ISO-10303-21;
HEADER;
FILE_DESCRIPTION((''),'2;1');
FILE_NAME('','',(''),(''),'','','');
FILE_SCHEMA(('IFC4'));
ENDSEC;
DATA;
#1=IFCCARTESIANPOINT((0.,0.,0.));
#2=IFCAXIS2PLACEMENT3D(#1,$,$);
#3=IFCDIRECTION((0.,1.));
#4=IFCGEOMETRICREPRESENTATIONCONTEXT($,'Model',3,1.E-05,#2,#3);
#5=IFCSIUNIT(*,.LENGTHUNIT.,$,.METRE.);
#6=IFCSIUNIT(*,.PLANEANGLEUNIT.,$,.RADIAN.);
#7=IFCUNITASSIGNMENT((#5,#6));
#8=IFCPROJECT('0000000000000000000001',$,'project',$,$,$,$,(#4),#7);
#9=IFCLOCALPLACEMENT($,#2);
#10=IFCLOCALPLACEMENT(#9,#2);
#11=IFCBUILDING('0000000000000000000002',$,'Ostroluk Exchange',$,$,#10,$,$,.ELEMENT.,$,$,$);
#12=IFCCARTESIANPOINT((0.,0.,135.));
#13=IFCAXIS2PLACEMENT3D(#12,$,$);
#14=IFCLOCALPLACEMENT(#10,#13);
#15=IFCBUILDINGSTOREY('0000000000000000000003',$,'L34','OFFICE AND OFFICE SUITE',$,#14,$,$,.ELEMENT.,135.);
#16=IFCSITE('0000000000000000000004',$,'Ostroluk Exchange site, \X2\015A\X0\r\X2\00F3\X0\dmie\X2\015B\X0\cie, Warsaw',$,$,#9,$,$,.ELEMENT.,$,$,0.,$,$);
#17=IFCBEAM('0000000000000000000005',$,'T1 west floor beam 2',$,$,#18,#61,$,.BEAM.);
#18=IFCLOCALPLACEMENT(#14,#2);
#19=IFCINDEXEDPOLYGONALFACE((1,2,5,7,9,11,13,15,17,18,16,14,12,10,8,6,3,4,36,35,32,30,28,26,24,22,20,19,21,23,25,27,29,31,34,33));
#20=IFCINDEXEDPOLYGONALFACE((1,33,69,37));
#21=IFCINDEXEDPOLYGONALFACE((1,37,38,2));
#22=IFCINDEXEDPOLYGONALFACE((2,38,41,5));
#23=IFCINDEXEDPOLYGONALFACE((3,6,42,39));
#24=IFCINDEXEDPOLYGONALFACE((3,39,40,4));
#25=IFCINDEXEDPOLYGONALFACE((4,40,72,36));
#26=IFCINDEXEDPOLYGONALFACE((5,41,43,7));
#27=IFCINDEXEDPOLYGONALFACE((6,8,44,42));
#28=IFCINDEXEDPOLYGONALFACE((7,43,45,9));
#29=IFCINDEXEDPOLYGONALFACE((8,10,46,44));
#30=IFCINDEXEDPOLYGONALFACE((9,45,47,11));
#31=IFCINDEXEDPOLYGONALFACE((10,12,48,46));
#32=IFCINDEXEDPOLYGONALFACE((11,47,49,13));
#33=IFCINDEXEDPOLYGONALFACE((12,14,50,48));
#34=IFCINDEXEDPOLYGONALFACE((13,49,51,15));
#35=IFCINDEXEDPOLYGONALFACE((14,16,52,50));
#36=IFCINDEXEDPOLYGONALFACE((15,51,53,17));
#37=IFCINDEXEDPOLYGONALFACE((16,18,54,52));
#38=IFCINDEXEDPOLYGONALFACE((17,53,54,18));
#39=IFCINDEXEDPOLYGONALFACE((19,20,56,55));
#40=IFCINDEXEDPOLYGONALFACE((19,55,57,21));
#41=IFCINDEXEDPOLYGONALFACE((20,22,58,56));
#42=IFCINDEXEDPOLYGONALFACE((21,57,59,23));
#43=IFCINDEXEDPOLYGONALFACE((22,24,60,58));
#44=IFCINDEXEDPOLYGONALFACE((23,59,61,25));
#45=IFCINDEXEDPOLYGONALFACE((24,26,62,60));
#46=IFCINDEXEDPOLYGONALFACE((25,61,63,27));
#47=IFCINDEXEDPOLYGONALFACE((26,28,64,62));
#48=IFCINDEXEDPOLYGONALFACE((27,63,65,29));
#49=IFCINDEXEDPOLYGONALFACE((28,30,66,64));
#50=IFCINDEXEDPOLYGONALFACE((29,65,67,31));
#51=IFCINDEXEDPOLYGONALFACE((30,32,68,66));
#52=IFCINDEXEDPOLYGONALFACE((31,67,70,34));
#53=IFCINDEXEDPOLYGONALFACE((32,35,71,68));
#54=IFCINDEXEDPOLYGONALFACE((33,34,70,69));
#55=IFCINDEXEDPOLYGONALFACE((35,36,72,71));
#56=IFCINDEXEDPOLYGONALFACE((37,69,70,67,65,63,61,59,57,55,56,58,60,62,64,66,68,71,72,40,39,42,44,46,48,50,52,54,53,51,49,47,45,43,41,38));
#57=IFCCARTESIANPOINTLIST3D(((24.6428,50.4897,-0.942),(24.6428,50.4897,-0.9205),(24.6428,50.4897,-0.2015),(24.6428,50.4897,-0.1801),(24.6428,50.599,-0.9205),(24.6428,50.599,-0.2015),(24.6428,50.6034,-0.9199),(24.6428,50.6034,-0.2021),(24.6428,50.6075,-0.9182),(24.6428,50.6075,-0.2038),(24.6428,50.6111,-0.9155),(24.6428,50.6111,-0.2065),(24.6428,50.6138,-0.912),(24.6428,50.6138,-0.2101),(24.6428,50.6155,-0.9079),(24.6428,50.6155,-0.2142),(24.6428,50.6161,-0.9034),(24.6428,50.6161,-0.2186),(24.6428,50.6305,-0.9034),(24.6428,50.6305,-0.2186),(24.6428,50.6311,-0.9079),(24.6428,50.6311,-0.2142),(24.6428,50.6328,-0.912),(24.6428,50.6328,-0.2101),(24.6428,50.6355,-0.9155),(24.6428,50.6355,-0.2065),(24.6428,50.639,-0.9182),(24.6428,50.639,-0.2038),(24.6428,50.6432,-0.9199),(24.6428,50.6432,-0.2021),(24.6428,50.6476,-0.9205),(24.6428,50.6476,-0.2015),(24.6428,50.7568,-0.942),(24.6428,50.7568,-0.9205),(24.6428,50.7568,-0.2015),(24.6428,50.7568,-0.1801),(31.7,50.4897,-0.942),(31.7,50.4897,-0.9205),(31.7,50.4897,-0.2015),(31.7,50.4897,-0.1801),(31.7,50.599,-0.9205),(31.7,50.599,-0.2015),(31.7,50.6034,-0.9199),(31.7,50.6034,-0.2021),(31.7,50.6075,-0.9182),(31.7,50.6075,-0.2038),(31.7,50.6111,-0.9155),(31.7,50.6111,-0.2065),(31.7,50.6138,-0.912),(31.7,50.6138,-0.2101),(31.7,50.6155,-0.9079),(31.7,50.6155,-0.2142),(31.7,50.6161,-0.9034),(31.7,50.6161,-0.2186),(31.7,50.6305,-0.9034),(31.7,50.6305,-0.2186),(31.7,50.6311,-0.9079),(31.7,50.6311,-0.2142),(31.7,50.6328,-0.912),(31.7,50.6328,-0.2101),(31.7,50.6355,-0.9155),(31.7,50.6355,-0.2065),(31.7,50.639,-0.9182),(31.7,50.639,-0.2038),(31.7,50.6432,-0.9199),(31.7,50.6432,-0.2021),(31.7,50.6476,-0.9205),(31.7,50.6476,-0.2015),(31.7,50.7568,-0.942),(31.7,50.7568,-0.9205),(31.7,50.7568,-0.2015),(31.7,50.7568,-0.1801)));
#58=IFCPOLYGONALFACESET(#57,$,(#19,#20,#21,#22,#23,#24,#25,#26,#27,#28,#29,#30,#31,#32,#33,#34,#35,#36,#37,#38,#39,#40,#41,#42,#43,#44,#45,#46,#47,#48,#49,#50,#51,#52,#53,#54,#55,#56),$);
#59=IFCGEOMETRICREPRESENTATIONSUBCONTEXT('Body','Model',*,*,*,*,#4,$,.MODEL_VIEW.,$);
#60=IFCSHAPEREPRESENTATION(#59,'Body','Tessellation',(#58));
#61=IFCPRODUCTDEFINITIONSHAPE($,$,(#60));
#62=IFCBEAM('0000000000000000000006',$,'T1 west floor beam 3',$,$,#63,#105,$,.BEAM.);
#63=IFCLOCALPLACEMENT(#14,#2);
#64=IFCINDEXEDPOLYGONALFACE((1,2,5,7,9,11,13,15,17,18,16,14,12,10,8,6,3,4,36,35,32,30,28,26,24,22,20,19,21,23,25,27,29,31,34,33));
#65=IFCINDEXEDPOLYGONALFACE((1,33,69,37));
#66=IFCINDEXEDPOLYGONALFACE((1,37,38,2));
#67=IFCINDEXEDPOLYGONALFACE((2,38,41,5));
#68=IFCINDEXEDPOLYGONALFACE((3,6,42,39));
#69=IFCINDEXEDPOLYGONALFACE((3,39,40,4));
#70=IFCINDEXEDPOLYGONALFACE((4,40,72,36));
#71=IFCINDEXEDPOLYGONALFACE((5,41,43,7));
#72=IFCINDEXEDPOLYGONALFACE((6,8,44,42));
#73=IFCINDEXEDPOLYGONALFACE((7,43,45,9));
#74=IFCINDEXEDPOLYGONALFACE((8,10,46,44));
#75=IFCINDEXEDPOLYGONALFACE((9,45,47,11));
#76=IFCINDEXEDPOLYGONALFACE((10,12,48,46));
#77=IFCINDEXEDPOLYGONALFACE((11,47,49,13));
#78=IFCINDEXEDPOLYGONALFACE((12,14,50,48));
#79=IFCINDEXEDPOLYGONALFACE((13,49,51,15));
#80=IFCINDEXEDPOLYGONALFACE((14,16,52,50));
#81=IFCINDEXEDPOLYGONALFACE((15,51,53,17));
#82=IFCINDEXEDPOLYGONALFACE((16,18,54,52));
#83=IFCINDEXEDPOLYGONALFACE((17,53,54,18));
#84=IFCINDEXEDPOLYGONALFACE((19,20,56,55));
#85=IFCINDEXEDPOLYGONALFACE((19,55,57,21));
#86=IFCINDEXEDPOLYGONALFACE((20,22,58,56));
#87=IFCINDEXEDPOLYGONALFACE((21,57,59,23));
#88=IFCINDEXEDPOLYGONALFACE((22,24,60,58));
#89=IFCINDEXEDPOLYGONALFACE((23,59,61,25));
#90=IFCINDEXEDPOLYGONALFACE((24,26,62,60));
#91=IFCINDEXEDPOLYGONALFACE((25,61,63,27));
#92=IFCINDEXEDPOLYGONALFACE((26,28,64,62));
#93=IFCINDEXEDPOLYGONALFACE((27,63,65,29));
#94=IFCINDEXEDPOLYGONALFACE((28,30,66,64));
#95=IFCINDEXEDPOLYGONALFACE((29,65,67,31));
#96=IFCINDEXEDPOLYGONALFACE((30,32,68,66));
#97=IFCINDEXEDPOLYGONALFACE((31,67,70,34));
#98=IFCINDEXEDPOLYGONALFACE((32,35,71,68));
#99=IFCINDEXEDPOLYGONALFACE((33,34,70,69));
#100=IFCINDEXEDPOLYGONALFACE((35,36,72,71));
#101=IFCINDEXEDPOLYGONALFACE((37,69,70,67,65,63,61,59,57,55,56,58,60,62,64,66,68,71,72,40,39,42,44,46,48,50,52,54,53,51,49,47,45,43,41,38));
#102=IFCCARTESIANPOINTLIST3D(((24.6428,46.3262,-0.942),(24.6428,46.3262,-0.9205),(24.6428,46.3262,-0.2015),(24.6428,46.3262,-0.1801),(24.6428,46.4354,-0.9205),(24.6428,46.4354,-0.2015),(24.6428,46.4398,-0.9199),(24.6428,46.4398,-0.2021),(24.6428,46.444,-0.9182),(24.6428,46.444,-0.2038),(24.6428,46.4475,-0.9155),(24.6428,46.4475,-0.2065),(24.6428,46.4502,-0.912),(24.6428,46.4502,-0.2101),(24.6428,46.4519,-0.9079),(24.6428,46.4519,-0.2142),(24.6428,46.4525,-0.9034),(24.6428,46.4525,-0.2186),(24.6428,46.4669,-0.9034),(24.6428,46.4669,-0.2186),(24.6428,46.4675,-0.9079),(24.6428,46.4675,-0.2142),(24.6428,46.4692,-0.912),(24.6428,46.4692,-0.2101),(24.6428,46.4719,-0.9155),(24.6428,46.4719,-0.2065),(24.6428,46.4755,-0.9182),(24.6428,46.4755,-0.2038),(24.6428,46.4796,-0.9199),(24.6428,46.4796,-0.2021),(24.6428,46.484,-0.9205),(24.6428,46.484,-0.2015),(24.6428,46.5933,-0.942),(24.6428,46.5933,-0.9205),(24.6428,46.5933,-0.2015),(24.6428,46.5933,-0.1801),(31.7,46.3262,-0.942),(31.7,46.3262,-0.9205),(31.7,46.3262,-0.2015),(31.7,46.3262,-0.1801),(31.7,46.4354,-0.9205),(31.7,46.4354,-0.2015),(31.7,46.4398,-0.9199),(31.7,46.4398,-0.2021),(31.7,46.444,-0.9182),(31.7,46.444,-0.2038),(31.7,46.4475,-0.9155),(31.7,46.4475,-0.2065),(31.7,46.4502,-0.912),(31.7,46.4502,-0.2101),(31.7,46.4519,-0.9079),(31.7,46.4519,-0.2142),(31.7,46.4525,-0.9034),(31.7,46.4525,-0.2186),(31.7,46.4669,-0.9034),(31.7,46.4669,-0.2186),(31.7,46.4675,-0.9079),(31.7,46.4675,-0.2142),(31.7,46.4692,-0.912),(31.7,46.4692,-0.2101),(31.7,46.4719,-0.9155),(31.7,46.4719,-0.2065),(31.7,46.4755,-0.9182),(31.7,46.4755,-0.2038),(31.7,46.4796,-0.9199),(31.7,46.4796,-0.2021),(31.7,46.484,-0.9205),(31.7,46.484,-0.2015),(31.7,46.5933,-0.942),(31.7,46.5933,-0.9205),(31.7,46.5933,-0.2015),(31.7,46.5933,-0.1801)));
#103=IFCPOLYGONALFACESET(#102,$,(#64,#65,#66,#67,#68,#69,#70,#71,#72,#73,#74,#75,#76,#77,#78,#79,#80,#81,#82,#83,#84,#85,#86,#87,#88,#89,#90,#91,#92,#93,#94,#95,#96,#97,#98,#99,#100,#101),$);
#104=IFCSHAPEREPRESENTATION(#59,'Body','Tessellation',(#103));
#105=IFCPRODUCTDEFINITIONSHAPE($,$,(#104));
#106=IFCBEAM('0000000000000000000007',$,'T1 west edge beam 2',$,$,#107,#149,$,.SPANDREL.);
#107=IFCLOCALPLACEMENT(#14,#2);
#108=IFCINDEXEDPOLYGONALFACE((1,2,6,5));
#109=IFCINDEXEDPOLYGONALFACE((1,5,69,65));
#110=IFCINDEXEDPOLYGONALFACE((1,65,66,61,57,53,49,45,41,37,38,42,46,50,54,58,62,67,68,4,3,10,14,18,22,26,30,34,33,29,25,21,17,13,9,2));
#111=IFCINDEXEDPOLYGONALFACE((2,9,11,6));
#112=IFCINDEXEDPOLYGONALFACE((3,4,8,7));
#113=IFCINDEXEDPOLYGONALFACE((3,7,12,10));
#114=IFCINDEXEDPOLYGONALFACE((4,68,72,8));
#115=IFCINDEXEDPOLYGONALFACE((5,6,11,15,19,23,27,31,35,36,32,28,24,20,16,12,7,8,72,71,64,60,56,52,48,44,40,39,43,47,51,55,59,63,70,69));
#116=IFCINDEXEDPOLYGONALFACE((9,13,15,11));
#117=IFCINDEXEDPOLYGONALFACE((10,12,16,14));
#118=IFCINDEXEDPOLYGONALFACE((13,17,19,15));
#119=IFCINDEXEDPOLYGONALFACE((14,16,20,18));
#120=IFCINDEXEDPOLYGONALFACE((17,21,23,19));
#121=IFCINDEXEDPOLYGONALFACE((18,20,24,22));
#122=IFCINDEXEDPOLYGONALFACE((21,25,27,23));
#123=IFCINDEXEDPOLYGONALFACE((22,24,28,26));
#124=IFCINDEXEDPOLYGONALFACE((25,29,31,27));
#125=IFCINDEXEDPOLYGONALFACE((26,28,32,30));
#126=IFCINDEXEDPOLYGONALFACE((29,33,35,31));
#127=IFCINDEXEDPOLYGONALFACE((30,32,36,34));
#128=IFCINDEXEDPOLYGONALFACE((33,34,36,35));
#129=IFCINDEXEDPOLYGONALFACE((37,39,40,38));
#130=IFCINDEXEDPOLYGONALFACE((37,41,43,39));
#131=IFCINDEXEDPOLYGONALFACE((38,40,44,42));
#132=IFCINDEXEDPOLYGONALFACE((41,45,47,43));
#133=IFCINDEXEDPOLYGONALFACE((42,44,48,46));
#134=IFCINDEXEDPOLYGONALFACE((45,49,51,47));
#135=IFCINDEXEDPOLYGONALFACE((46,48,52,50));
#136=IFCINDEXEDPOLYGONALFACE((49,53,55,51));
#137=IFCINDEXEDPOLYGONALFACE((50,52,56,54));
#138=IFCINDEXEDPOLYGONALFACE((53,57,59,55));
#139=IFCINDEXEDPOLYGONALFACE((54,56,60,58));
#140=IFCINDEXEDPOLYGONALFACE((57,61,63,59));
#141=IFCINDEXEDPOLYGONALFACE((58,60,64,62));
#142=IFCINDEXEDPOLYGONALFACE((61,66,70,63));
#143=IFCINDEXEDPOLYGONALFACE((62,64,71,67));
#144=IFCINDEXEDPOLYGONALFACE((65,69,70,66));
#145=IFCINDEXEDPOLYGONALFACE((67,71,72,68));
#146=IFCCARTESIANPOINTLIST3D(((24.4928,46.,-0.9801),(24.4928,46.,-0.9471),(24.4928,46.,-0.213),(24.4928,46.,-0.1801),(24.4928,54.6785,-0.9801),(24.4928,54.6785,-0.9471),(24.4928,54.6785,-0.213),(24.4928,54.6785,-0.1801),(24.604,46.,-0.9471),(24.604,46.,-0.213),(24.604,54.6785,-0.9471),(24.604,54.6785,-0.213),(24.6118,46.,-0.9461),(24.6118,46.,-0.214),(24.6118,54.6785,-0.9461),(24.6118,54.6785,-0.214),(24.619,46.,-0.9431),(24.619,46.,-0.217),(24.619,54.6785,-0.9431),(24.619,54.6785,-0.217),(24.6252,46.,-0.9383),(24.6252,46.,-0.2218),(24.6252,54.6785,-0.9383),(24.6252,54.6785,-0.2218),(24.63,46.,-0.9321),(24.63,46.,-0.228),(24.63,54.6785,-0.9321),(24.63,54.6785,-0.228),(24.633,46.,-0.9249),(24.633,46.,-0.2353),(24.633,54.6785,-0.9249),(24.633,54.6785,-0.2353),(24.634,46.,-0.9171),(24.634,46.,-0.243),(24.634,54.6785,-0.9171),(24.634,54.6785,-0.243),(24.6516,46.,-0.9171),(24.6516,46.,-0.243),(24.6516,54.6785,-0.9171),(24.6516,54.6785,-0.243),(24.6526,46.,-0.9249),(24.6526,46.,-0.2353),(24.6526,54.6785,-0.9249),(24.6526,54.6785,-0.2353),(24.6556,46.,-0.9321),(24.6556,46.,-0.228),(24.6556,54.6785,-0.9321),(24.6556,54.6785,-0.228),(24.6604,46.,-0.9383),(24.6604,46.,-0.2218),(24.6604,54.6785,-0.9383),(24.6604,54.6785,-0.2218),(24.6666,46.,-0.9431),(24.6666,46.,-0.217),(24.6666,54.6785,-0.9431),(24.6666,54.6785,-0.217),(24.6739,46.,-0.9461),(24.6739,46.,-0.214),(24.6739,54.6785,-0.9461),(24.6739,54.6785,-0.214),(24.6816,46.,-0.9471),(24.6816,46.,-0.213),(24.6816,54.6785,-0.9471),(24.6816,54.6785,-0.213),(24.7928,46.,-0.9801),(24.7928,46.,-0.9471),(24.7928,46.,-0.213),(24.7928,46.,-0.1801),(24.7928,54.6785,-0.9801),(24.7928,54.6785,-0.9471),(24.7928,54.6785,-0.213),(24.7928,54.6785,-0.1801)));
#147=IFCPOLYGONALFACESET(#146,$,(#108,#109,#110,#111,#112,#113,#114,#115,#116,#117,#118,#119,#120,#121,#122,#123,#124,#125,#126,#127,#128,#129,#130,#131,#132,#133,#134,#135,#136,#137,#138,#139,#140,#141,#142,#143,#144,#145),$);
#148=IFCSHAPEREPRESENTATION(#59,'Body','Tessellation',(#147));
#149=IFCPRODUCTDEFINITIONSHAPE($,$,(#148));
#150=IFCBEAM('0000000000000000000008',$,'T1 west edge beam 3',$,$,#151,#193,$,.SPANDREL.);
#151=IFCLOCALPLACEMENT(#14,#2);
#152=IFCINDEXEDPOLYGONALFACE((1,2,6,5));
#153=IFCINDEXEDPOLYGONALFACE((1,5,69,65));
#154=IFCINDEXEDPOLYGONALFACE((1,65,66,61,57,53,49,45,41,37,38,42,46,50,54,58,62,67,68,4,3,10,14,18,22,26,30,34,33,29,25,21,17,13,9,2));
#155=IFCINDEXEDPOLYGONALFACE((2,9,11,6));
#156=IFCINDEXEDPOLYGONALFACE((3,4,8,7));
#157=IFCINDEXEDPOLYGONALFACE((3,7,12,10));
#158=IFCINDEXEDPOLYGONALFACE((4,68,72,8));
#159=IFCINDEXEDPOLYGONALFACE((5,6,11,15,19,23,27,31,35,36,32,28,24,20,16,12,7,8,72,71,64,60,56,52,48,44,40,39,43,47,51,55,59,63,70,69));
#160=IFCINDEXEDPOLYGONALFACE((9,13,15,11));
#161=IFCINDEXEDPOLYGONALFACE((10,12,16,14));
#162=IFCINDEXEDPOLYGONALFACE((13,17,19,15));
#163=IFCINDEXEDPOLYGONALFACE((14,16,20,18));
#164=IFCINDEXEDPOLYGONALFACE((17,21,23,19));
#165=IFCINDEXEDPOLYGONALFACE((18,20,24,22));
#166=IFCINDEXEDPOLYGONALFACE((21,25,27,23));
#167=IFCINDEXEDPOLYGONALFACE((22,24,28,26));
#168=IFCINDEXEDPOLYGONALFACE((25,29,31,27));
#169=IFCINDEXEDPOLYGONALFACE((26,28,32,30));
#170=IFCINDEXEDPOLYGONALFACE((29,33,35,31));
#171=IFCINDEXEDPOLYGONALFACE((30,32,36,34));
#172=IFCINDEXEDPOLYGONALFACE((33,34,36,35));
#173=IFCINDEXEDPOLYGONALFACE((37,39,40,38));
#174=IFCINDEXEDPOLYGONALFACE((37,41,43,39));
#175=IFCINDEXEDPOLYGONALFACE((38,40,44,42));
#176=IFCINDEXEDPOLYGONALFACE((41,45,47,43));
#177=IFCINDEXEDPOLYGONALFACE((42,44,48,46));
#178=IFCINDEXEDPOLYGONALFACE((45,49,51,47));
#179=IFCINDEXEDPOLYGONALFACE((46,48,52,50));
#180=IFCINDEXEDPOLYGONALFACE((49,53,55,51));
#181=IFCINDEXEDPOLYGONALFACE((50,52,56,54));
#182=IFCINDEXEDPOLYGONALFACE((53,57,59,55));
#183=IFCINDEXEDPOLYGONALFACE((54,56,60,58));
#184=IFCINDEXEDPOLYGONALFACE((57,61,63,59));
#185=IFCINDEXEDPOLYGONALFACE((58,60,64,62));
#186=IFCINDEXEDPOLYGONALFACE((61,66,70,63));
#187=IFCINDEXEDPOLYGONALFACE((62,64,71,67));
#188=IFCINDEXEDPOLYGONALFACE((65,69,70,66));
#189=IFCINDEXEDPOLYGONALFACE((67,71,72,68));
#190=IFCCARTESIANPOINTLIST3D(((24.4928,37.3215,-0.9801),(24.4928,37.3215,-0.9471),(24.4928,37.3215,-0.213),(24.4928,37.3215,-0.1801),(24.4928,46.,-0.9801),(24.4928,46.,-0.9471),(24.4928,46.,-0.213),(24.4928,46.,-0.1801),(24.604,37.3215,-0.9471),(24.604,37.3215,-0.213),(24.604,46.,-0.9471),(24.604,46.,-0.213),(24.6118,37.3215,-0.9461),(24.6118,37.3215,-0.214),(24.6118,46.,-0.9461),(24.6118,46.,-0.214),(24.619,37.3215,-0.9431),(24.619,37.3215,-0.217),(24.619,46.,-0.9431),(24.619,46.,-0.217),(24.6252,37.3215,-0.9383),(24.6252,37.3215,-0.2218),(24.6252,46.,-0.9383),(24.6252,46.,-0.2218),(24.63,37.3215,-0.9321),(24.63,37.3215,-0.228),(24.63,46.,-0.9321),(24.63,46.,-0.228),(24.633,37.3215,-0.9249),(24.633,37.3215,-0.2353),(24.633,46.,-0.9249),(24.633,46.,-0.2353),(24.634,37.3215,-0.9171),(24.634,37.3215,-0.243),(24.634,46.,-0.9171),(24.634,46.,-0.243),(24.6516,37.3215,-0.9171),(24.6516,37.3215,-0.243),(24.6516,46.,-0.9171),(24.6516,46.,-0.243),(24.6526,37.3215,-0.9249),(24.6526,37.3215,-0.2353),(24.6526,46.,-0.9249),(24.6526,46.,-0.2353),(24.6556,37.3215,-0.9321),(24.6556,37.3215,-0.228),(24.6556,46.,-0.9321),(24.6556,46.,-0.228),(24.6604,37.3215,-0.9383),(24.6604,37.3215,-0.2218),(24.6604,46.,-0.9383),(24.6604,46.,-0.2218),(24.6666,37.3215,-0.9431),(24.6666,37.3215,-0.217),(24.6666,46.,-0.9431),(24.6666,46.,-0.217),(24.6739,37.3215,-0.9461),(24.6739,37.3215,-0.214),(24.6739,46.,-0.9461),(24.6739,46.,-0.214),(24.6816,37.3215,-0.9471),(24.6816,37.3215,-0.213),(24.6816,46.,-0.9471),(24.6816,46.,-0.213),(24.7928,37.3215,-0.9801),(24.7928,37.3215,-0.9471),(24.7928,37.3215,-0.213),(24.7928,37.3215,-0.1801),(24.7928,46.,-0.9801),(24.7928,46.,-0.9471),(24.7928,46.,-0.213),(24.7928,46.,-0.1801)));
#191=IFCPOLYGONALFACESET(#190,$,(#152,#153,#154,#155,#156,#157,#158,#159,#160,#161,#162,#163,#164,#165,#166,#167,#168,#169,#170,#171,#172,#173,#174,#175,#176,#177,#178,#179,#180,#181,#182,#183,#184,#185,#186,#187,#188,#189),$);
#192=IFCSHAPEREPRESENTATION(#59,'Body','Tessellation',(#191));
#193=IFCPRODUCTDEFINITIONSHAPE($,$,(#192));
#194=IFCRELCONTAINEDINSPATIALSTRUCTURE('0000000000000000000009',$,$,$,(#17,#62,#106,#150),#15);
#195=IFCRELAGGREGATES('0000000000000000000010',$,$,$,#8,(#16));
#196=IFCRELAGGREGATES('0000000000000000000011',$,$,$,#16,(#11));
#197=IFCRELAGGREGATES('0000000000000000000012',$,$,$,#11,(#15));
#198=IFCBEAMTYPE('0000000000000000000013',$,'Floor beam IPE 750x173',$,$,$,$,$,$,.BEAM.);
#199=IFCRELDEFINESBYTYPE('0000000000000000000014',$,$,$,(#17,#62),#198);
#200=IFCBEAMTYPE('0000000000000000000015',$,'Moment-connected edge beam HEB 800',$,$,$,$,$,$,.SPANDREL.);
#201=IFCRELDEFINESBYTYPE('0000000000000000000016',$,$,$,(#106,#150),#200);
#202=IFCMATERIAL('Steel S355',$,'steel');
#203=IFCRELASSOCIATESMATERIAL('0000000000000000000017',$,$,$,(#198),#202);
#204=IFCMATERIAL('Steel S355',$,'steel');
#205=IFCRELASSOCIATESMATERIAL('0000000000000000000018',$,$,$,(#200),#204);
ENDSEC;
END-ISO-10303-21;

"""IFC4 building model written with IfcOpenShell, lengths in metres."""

from ifc_helpers import new_model, si_unit, direction, frame, origin, origin_2d, place, context, subcontext, project, spatial, i_section, extrude, material, material_profile, profile_set, type_object, element, save


model = new_model("IFC4")

# Units and contexts
model_context = context("Model", 3, precision=1e-05, world=origin(), true_north=direction((0.0, 1.0)))
body_context = subcontext(model_context, "Body", "Model", "MODEL_VIEW")
ifc_project = project(units=[si_unit("LENGTHUNIT", "METRE"), si_unit("PLANEANGLEUNIT", "RADIAN")], contexts=[model_context])

# Site, building, storey
site_placement = place(None, origin())
site = spatial("IfcSite", under=ifc_project, at=site_placement, Name="Ostroluk Exchange site, Śródmieście, Warsaw", CompositionType="ELEMENT", RefElevation=0.0)
building_placement = place(site_placement, origin())
building = spatial("IfcBuilding", under=site, at=building_placement, Name="Ostroluk Exchange", CompositionType="ELEMENT")
storey_placement = place(building_placement, frame((0.0, 0.0, 135.0)))
storey = spatial("IfcBuildingStorey", under=building, at=storey_placement, Name="L34", Description="OFFICE AND OFFICE SUITE", CompositionType="ELEMENT", Elevation=135.0)

# Beams
ifc_material_1 = material(Name="Steel S355", Category="steel")
ifc_material_profile_1 = material_profile(ifc_material_1, i_section(OverallWidth=0.2671, OverallDepth=0.762, WebThickness=0.0144, FlangeThickness=0.0215, FilletRadius=0.0171, at=origin_2d()), Name="IPE 750x173")
ifc_profile_set_1 = profile_set([ifc_material_profile_1], Name="Steel S355")
beam_type_1 = type_object("IfcBeamType", Name="Floor beam IPE 750x173", PredefinedType="BEAM", material=ifc_profile_set_1)
for number, where, z_axis, x_axis, name in (
    (1, (31.7, 50.6233, -0.561), (-1.0, 0.0, 0.0), (0.0, -1.0, 0.0), "T1 west floor beam 2"),
    (2, (31.7, 46.4597, -0.561), (-1.0, 0.0, 0.0), (0.0, -1.0, 0.0), "T1 west floor beam 3"),
):
    element("IfcBeam", number, at=place(storey_placement, frame(where, z_axis=z_axis, x_axis=x_axis)), inside=storey, type_object=beam_type_1, Name=name, PredefinedType="BEAM", context=body_context, shape_type="SweptSolid", body=[
        extrude(i_section(OverallWidth=0.2671, OverallDepth=0.762, WebThickness=0.0144, FlangeThickness=0.0215, FilletRadius=0.0171, at=origin_2d()), origin(), (0.0, 0.0, 1.0), 7.0571),
    ])
ifc_material_2 = material(Name="Steel S355", Category="steel")
ifc_material_profile_2 = material_profile(ifc_material_2, i_section(OverallWidth=0.3, OverallDepth=0.8, WebThickness=0.0176, FlangeThickness=0.033, FilletRadius=0.03, at=origin_2d()), Name="HEB 800")
ifc_profile_set_2 = profile_set([ifc_material_profile_2], Name="Steel S355")
beam_type_2 = type_object("IfcBeamType", Name="Moment-connected edge beam HEB 800", PredefinedType="SPANDREL", material=ifc_profile_set_2)
for number, where, z_axis, x_axis, name in (
    (3, (24.6428, 54.6785, -0.5801), (0.0, -1.0, 0.0), (1.0, 0.0, 0.0), "T1 west edge beam 2"),
    (4, (24.6428, 46.0, -0.5801), (0.0, -1.0, 0.0), (1.0, 0.0, 0.0), "T1 west edge beam 3"),
):
    element("IfcBeam", number, at=place(storey_placement, frame(where, z_axis=z_axis, x_axis=x_axis)), inside=storey, type_object=beam_type_2, Name=name, PredefinedType="SPANDREL", context=body_context, shape_type="SweptSolid", body=[
        extrude(i_section(OverallWidth=0.3, OverallDepth=0.8, WebThickness=0.0176, FlangeThickness=0.033, FilletRadius=0.03, at=origin_2d()), origin(), (0.0, 0.0, 1.0), 8.6785),
    ])

save(model, "model.ifc")
